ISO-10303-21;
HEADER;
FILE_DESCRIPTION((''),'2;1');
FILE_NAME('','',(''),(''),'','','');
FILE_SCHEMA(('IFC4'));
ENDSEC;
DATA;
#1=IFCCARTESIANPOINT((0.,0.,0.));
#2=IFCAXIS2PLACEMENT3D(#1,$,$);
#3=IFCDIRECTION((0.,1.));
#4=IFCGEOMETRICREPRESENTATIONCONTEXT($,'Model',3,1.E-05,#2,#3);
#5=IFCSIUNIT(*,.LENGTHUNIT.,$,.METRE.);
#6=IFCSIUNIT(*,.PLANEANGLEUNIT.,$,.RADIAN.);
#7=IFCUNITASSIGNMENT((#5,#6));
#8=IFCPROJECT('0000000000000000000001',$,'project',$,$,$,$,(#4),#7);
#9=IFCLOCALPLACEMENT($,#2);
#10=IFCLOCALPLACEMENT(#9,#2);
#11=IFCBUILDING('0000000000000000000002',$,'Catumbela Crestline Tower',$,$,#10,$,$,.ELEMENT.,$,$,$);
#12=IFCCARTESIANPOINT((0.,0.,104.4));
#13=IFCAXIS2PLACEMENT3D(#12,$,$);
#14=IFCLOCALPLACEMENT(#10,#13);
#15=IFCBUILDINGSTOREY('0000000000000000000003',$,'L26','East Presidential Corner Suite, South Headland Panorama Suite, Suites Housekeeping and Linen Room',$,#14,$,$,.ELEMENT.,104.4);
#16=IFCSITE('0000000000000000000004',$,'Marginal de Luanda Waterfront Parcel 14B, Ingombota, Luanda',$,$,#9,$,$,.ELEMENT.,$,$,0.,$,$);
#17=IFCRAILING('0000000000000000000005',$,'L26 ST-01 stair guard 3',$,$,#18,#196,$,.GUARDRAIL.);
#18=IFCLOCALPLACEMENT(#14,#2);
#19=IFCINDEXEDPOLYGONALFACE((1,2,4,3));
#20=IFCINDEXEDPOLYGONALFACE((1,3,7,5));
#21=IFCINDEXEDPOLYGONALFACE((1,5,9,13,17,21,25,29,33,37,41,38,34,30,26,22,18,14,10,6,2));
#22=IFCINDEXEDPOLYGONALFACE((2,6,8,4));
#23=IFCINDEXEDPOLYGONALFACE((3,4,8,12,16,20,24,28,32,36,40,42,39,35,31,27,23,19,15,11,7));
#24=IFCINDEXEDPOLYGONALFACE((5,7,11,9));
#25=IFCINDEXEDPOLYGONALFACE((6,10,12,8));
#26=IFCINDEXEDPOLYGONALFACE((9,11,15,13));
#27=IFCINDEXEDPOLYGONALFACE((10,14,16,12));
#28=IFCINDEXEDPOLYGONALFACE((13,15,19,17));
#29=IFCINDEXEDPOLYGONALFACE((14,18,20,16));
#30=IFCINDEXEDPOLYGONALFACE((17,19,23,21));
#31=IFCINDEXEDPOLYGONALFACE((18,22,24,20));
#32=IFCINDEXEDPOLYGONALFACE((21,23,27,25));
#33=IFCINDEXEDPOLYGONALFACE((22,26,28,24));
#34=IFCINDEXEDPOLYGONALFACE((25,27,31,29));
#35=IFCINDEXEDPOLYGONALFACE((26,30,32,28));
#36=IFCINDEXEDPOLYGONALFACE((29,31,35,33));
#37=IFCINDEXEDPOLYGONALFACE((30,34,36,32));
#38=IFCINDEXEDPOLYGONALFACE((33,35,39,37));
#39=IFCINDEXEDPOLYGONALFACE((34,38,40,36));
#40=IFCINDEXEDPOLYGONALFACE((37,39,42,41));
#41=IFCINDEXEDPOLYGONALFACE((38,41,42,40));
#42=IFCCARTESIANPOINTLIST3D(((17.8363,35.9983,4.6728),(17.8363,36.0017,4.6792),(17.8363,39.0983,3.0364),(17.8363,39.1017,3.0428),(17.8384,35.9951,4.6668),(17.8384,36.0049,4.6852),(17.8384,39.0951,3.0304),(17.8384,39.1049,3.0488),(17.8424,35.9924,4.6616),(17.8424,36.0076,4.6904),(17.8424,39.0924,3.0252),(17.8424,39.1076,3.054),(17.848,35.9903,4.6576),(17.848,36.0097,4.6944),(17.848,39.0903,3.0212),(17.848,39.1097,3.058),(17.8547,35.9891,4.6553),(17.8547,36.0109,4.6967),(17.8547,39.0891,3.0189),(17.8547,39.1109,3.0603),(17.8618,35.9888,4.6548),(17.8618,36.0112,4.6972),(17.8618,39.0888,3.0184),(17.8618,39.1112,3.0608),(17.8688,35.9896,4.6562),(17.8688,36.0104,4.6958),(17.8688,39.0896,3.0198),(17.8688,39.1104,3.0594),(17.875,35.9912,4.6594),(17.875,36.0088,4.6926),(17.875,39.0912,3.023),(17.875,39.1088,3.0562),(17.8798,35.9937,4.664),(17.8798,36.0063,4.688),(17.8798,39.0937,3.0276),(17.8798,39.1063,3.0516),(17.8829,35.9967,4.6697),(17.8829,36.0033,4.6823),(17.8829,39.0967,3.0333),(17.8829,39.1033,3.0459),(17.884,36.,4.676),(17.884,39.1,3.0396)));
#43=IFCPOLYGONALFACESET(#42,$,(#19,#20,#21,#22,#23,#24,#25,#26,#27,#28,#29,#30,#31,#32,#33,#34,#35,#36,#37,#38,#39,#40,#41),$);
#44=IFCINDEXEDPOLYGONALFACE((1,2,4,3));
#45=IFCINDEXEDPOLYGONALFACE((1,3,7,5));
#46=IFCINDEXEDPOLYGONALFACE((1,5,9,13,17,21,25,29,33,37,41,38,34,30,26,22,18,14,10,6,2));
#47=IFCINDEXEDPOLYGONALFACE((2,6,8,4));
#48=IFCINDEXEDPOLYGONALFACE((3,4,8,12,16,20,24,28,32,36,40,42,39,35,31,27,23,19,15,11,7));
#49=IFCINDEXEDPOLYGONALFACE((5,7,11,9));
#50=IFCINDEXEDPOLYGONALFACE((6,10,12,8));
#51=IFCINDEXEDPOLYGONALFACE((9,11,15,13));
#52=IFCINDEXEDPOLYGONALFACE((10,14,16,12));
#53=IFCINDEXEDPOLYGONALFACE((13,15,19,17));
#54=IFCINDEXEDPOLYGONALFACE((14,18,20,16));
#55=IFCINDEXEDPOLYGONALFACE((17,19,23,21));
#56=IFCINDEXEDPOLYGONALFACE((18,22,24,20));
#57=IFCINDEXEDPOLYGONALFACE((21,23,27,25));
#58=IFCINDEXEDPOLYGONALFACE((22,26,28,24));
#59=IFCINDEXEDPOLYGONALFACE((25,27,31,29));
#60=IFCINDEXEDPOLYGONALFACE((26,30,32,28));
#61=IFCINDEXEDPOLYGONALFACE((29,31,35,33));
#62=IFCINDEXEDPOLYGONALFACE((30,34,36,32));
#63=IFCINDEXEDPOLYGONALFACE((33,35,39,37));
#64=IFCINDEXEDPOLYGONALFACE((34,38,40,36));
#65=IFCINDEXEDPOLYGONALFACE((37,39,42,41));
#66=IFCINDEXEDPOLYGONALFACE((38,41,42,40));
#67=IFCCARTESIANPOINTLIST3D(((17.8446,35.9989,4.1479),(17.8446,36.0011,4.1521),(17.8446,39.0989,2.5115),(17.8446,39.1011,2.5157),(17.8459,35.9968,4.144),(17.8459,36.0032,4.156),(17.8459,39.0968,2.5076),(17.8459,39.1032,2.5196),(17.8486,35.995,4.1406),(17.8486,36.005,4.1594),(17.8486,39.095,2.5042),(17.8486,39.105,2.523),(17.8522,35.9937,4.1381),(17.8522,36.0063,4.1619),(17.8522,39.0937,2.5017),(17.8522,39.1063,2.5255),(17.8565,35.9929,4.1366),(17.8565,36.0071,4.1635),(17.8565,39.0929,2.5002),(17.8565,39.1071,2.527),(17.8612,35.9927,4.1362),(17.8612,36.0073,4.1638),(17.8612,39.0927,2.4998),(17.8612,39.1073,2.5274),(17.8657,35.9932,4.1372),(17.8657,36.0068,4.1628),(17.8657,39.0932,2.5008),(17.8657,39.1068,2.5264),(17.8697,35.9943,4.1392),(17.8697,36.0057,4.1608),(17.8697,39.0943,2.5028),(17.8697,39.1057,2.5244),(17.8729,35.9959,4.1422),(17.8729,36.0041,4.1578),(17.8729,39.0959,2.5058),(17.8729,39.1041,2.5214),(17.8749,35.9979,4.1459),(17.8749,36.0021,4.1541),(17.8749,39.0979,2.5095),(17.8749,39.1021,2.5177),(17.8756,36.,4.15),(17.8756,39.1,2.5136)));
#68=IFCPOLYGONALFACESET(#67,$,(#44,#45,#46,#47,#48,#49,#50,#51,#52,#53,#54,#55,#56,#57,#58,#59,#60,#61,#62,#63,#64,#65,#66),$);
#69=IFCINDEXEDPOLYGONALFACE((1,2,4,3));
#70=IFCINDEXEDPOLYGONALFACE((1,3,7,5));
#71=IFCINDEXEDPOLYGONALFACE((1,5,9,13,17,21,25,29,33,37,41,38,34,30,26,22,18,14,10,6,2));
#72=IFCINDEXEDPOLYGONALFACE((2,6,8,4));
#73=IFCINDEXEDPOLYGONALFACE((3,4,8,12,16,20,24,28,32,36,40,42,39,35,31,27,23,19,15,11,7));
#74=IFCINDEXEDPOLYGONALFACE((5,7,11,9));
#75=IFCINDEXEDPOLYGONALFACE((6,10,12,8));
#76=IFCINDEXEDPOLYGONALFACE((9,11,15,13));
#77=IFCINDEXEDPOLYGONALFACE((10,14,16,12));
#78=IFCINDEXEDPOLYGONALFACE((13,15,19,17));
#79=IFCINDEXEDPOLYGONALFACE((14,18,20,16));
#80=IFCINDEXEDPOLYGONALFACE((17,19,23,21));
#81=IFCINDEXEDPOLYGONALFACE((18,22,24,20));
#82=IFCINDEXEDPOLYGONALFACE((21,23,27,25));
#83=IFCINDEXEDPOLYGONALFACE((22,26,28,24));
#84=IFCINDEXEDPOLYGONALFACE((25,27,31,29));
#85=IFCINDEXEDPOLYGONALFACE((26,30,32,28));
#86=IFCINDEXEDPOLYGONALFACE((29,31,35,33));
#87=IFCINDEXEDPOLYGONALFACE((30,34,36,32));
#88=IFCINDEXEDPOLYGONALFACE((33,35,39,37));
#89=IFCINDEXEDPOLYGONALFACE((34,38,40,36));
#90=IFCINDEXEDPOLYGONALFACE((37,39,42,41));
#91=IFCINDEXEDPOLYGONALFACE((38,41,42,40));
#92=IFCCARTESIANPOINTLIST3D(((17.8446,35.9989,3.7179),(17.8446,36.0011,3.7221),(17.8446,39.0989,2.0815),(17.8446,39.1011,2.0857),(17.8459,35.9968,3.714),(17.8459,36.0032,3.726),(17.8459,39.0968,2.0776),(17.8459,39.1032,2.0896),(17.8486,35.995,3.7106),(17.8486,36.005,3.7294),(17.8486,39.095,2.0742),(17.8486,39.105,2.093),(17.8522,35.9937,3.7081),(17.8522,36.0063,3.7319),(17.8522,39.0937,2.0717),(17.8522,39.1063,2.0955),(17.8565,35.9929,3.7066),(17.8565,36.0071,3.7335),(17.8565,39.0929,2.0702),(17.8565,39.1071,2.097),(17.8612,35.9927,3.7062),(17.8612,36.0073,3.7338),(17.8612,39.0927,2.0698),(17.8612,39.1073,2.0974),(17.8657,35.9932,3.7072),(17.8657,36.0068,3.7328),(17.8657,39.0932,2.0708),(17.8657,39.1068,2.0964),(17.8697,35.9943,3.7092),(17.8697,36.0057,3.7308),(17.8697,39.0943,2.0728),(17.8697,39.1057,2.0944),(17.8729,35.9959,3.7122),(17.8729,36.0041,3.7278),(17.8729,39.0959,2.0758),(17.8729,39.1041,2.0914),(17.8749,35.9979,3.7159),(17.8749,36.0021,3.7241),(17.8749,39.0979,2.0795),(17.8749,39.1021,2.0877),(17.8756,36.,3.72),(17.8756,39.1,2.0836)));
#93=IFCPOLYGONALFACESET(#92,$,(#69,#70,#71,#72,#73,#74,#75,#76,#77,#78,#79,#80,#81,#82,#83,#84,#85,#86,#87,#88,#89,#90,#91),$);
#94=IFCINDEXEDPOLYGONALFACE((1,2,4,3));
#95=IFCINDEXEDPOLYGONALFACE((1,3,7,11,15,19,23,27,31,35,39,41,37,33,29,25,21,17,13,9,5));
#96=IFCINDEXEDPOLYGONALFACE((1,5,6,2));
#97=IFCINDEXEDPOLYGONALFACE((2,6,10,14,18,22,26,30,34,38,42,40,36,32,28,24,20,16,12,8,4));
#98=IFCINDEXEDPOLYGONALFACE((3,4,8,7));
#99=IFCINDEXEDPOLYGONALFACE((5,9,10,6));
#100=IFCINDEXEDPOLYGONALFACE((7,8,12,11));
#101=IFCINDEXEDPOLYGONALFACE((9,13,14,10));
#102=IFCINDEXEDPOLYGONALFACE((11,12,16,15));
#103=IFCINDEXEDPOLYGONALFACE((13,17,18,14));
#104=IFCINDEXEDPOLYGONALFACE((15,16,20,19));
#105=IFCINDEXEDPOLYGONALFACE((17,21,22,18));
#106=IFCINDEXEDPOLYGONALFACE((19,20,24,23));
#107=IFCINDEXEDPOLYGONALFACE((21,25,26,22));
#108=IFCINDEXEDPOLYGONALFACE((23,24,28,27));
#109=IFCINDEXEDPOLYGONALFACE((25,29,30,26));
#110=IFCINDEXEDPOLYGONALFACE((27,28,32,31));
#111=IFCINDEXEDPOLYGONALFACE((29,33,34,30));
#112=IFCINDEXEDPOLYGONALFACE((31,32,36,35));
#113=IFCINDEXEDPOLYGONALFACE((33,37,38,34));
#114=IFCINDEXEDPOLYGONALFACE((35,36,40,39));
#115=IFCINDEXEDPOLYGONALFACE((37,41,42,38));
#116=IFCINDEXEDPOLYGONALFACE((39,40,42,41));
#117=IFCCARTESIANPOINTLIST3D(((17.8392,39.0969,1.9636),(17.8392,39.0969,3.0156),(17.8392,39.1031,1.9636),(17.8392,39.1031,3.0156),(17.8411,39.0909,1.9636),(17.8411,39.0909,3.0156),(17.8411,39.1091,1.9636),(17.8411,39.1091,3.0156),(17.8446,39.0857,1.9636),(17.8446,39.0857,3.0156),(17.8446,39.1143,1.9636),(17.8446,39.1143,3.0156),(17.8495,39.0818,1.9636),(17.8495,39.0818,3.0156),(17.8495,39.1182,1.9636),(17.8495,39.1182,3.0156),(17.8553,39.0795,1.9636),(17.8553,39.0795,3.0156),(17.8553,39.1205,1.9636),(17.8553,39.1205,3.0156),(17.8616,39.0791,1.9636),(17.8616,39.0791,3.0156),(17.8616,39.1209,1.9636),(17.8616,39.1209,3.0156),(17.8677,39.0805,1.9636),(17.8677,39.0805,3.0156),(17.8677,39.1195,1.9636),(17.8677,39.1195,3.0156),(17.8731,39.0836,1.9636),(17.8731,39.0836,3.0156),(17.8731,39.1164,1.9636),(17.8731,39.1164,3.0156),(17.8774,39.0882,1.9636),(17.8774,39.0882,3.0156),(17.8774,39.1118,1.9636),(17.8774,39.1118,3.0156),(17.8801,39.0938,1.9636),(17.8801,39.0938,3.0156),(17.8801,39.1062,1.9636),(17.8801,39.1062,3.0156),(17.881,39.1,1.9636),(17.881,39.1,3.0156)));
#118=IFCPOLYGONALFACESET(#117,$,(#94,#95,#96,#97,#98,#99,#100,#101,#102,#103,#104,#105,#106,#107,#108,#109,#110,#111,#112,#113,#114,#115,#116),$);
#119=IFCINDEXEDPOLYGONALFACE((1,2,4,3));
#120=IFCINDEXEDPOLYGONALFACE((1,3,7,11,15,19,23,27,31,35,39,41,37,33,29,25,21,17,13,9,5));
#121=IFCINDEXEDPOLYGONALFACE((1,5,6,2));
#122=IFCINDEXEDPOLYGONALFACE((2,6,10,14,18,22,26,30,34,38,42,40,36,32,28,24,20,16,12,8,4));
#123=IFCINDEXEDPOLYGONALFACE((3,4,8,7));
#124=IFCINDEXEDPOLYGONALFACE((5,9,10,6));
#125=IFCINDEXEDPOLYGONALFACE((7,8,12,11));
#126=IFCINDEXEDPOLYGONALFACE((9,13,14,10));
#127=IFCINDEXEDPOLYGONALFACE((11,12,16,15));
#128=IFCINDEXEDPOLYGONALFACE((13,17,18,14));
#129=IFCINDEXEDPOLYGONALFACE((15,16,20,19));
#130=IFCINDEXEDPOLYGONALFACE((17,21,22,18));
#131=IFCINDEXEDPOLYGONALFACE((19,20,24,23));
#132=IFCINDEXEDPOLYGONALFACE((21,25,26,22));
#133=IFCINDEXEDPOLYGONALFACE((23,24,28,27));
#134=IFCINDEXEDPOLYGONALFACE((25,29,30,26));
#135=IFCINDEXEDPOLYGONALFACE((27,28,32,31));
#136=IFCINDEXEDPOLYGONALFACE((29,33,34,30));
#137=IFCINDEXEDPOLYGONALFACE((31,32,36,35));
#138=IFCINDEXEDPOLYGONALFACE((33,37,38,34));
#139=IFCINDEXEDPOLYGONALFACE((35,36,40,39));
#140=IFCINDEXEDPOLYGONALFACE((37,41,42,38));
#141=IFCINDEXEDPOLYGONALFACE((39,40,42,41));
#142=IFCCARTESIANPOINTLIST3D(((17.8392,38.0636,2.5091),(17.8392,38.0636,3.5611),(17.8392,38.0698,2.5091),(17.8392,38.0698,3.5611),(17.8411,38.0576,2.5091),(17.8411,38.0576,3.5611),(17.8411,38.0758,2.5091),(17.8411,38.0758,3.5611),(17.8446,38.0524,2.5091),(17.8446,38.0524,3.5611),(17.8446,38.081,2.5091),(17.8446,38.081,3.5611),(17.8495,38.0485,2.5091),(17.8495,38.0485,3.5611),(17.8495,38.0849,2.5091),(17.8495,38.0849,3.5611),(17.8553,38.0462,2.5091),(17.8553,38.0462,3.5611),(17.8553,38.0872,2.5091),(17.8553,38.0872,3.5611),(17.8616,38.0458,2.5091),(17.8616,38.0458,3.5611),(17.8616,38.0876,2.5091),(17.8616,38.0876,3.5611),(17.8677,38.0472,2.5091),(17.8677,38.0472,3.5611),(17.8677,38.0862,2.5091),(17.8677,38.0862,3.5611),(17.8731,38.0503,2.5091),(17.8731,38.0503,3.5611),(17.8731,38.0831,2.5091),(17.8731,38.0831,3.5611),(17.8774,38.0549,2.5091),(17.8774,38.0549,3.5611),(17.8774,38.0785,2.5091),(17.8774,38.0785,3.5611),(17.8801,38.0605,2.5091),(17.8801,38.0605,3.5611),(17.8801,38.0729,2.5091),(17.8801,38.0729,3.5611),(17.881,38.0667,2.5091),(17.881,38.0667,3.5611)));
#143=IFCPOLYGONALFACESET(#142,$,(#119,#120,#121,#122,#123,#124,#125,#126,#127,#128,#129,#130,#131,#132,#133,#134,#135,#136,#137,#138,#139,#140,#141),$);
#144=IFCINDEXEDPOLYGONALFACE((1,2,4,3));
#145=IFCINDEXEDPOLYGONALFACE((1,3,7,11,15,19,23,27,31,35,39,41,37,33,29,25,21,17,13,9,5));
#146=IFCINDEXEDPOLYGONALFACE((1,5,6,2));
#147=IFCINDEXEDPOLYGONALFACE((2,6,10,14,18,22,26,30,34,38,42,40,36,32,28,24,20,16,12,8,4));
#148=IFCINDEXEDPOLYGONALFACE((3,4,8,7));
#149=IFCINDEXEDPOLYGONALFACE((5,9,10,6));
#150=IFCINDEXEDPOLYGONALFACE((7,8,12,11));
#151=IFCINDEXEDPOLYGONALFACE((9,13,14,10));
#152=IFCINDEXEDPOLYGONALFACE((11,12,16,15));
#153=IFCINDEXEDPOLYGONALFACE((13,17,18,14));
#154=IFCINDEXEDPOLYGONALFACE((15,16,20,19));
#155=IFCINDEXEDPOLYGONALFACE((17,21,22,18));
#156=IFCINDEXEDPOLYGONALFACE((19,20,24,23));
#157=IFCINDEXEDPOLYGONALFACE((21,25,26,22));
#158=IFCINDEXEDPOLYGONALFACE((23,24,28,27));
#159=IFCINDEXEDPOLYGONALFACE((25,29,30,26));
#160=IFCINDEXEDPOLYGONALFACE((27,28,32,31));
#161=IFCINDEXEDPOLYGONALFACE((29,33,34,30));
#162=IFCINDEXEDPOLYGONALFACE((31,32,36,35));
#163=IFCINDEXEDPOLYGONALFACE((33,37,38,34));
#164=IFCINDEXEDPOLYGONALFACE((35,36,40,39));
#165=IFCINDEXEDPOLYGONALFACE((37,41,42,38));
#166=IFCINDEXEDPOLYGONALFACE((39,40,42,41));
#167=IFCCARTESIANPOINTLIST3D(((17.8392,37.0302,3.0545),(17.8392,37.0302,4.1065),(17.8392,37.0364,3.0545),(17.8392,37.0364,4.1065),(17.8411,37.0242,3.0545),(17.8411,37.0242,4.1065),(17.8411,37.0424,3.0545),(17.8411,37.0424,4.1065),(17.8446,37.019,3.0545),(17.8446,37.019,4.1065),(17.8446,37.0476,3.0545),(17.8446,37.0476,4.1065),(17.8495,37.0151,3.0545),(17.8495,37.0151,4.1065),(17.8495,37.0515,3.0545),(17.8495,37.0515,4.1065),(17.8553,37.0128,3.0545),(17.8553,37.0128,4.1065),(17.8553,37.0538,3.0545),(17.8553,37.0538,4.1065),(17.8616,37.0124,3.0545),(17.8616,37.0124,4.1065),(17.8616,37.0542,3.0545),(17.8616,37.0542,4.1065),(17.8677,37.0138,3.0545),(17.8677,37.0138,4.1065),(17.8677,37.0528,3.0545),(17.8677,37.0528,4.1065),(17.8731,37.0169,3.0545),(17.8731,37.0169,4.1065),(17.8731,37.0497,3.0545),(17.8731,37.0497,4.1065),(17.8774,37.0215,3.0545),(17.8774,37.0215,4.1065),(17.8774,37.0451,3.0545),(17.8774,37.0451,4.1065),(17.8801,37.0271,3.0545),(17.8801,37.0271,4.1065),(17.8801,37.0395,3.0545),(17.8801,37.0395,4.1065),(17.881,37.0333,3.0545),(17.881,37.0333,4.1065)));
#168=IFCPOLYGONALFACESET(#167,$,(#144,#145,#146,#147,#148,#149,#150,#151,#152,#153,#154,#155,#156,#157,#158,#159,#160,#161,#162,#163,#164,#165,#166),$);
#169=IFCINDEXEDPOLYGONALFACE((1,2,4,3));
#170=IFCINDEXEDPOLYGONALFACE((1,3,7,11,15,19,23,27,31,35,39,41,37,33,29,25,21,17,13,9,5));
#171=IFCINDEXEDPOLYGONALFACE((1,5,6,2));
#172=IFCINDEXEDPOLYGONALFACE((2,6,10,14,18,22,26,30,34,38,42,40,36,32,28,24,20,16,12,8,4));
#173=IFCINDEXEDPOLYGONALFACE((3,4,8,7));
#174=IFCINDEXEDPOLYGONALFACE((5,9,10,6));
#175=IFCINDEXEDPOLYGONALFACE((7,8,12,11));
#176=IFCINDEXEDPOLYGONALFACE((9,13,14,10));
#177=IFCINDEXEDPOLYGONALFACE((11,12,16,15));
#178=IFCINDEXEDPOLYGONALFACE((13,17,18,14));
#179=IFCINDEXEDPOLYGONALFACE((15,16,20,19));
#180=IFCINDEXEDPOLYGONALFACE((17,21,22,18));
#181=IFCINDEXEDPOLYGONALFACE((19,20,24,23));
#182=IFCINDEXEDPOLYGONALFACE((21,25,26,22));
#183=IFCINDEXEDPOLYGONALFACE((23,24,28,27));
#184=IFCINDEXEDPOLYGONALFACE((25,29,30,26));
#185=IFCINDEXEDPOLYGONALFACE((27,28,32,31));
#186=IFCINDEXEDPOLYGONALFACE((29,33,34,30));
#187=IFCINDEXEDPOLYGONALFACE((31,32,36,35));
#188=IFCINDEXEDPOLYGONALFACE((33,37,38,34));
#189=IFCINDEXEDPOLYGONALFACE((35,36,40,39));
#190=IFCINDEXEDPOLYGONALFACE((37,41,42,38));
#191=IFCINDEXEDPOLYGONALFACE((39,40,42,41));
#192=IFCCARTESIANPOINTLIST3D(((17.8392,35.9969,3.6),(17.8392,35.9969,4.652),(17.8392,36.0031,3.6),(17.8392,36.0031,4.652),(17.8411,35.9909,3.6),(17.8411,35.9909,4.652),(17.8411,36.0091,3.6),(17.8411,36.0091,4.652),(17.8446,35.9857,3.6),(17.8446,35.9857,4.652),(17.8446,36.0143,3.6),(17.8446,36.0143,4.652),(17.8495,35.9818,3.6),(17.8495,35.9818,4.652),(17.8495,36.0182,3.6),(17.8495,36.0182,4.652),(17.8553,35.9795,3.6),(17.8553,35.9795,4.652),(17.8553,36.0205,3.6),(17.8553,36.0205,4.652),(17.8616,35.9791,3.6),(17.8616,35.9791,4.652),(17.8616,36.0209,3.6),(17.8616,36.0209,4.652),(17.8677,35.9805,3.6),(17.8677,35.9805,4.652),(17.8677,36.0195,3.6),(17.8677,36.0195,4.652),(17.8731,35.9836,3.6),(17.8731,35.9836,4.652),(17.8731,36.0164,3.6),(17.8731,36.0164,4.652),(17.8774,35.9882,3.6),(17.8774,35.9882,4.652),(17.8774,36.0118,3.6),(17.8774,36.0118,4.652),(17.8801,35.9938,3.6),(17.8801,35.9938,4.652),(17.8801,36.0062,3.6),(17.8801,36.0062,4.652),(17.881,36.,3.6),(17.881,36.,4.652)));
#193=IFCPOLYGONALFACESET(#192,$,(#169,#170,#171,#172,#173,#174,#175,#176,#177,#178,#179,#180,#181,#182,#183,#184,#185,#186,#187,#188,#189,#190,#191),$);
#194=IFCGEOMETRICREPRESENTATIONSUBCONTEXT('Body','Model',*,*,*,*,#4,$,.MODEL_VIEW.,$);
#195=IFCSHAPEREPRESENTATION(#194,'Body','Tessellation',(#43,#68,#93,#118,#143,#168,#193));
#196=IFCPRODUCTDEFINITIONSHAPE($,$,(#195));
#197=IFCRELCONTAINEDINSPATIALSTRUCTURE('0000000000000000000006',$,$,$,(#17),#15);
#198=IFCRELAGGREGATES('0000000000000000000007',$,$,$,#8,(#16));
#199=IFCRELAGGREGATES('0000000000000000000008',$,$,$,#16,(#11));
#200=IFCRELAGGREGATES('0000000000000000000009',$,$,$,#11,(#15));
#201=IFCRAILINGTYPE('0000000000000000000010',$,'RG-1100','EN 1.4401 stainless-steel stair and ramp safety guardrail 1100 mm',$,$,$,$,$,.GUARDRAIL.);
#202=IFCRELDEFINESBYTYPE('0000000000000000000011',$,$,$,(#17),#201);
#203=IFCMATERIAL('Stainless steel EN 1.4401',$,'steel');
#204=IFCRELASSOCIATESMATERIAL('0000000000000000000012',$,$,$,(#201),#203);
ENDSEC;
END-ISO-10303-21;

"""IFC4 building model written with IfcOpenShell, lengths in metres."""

from ifc_helpers import new_model, si_unit, direction, frame, origin, origin_2d, place, context, subcontext, project, spatial, circle, extrude, material, type_object, element, save


model = new_model("IFC4")

# Units and contexts
model_context = context("Model", 3, precision=1e-05, world=origin(), true_north=direction((0.0, 1.0)))
body_context = subcontext(model_context, "Body", "Model", "MODEL_VIEW")
ifc_project = project(units=[si_unit("LENGTHUNIT", "METRE"), si_unit("PLANEANGLEUNIT", "RADIAN")], contexts=[model_context])

# Site, building, storey
site_placement = place(None, origin())
site = spatial("IfcSite", under=ifc_project, at=site_placement, Name="Marginal de Luanda Waterfront Parcel 14B, Ingombota, Luanda", CompositionType="ELEMENT", RefElevation=0.0)
building_placement = place(site_placement, origin())
building = spatial("IfcBuilding", under=site, at=building_placement, Name="Catumbela Crestline Tower", CompositionType="ELEMENT")
storey_placement = place(building_placement, frame((0.0, 0.0, 104.4)))
storey = spatial("IfcBuildingStorey", under=building, at=storey_placement, Name="L26", Description="East Presidential Corner Suite, South Headland Panorama Suite, Suites Housekeeping and Linen Room", CompositionType="ELEMENT", Elevation=104.4)

# Railing
ifc_material_1 = material(Name="Stainless steel EN 1.4401", Category="steel")
railing_type_1 = type_object("IfcRailingType", Name="RG-1100", Description="EN 1.4401 stainless-steel stair and ramp safety guardrail 1100 mm", PredefinedType="GUARDRAIL", material=ifc_material_1)
railing_1_placement = place(storey_placement, frame((17.86, 39.1, 1.9636)))
element("IfcRailing", 1, at=railing_1_placement, inside=storey, type_object=railing_type_1, Name="L26 ST-01 stair guard 3", PredefinedType="GUARDRAIL", context=body_context, shape_type="SweptSolid", body=[
    extrude(circle(Radius=0.024, at=origin_2d()), frame((0.0, 0.0, 1.076), z_axis=(0.0, -0.884351, 0.466823), x_axis=(1.0, 0.0, 0.0)), (0.0, 0.0, 1.0), 3.5054),
    extrude(circle(Radius=0.0156, at=origin_2d()), frame((0.0, 0.0, 0.55), z_axis=(0.0, -0.884351, 0.466823), x_axis=(1.0, 0.0, 0.0)), (0.0, 0.0, 1.0), 3.5054),
    extrude(circle(Radius=0.0156, at=origin_2d()), frame((0.0, 0.0, 0.12), z_axis=(0.0, -0.884351, 0.466823), x_axis=(1.0, 0.0, 0.0)), (0.0, 0.0, 1.0), 3.5054),
    extrude(circle(Radius=0.021, at=origin_2d()), origin(), (0.0, 0.0, 1.0), 1.052),
    extrude(circle(Radius=0.021, at=origin_2d()), frame((0.0, -1.0333, 0.5455)), (0.0, 0.0, 1.0), 1.052),
    extrude(circle(Radius=0.021, at=origin_2d()), frame((0.0, -2.0667, 1.0909)), (0.0, 0.0, 1.0), 1.052),
    extrude(circle(Radius=0.021, at=origin_2d()), frame((0.0, -3.1, 1.6364)), (0.0, 0.0, 1.0), 1.052),
])

save(model, "model.ifc")
